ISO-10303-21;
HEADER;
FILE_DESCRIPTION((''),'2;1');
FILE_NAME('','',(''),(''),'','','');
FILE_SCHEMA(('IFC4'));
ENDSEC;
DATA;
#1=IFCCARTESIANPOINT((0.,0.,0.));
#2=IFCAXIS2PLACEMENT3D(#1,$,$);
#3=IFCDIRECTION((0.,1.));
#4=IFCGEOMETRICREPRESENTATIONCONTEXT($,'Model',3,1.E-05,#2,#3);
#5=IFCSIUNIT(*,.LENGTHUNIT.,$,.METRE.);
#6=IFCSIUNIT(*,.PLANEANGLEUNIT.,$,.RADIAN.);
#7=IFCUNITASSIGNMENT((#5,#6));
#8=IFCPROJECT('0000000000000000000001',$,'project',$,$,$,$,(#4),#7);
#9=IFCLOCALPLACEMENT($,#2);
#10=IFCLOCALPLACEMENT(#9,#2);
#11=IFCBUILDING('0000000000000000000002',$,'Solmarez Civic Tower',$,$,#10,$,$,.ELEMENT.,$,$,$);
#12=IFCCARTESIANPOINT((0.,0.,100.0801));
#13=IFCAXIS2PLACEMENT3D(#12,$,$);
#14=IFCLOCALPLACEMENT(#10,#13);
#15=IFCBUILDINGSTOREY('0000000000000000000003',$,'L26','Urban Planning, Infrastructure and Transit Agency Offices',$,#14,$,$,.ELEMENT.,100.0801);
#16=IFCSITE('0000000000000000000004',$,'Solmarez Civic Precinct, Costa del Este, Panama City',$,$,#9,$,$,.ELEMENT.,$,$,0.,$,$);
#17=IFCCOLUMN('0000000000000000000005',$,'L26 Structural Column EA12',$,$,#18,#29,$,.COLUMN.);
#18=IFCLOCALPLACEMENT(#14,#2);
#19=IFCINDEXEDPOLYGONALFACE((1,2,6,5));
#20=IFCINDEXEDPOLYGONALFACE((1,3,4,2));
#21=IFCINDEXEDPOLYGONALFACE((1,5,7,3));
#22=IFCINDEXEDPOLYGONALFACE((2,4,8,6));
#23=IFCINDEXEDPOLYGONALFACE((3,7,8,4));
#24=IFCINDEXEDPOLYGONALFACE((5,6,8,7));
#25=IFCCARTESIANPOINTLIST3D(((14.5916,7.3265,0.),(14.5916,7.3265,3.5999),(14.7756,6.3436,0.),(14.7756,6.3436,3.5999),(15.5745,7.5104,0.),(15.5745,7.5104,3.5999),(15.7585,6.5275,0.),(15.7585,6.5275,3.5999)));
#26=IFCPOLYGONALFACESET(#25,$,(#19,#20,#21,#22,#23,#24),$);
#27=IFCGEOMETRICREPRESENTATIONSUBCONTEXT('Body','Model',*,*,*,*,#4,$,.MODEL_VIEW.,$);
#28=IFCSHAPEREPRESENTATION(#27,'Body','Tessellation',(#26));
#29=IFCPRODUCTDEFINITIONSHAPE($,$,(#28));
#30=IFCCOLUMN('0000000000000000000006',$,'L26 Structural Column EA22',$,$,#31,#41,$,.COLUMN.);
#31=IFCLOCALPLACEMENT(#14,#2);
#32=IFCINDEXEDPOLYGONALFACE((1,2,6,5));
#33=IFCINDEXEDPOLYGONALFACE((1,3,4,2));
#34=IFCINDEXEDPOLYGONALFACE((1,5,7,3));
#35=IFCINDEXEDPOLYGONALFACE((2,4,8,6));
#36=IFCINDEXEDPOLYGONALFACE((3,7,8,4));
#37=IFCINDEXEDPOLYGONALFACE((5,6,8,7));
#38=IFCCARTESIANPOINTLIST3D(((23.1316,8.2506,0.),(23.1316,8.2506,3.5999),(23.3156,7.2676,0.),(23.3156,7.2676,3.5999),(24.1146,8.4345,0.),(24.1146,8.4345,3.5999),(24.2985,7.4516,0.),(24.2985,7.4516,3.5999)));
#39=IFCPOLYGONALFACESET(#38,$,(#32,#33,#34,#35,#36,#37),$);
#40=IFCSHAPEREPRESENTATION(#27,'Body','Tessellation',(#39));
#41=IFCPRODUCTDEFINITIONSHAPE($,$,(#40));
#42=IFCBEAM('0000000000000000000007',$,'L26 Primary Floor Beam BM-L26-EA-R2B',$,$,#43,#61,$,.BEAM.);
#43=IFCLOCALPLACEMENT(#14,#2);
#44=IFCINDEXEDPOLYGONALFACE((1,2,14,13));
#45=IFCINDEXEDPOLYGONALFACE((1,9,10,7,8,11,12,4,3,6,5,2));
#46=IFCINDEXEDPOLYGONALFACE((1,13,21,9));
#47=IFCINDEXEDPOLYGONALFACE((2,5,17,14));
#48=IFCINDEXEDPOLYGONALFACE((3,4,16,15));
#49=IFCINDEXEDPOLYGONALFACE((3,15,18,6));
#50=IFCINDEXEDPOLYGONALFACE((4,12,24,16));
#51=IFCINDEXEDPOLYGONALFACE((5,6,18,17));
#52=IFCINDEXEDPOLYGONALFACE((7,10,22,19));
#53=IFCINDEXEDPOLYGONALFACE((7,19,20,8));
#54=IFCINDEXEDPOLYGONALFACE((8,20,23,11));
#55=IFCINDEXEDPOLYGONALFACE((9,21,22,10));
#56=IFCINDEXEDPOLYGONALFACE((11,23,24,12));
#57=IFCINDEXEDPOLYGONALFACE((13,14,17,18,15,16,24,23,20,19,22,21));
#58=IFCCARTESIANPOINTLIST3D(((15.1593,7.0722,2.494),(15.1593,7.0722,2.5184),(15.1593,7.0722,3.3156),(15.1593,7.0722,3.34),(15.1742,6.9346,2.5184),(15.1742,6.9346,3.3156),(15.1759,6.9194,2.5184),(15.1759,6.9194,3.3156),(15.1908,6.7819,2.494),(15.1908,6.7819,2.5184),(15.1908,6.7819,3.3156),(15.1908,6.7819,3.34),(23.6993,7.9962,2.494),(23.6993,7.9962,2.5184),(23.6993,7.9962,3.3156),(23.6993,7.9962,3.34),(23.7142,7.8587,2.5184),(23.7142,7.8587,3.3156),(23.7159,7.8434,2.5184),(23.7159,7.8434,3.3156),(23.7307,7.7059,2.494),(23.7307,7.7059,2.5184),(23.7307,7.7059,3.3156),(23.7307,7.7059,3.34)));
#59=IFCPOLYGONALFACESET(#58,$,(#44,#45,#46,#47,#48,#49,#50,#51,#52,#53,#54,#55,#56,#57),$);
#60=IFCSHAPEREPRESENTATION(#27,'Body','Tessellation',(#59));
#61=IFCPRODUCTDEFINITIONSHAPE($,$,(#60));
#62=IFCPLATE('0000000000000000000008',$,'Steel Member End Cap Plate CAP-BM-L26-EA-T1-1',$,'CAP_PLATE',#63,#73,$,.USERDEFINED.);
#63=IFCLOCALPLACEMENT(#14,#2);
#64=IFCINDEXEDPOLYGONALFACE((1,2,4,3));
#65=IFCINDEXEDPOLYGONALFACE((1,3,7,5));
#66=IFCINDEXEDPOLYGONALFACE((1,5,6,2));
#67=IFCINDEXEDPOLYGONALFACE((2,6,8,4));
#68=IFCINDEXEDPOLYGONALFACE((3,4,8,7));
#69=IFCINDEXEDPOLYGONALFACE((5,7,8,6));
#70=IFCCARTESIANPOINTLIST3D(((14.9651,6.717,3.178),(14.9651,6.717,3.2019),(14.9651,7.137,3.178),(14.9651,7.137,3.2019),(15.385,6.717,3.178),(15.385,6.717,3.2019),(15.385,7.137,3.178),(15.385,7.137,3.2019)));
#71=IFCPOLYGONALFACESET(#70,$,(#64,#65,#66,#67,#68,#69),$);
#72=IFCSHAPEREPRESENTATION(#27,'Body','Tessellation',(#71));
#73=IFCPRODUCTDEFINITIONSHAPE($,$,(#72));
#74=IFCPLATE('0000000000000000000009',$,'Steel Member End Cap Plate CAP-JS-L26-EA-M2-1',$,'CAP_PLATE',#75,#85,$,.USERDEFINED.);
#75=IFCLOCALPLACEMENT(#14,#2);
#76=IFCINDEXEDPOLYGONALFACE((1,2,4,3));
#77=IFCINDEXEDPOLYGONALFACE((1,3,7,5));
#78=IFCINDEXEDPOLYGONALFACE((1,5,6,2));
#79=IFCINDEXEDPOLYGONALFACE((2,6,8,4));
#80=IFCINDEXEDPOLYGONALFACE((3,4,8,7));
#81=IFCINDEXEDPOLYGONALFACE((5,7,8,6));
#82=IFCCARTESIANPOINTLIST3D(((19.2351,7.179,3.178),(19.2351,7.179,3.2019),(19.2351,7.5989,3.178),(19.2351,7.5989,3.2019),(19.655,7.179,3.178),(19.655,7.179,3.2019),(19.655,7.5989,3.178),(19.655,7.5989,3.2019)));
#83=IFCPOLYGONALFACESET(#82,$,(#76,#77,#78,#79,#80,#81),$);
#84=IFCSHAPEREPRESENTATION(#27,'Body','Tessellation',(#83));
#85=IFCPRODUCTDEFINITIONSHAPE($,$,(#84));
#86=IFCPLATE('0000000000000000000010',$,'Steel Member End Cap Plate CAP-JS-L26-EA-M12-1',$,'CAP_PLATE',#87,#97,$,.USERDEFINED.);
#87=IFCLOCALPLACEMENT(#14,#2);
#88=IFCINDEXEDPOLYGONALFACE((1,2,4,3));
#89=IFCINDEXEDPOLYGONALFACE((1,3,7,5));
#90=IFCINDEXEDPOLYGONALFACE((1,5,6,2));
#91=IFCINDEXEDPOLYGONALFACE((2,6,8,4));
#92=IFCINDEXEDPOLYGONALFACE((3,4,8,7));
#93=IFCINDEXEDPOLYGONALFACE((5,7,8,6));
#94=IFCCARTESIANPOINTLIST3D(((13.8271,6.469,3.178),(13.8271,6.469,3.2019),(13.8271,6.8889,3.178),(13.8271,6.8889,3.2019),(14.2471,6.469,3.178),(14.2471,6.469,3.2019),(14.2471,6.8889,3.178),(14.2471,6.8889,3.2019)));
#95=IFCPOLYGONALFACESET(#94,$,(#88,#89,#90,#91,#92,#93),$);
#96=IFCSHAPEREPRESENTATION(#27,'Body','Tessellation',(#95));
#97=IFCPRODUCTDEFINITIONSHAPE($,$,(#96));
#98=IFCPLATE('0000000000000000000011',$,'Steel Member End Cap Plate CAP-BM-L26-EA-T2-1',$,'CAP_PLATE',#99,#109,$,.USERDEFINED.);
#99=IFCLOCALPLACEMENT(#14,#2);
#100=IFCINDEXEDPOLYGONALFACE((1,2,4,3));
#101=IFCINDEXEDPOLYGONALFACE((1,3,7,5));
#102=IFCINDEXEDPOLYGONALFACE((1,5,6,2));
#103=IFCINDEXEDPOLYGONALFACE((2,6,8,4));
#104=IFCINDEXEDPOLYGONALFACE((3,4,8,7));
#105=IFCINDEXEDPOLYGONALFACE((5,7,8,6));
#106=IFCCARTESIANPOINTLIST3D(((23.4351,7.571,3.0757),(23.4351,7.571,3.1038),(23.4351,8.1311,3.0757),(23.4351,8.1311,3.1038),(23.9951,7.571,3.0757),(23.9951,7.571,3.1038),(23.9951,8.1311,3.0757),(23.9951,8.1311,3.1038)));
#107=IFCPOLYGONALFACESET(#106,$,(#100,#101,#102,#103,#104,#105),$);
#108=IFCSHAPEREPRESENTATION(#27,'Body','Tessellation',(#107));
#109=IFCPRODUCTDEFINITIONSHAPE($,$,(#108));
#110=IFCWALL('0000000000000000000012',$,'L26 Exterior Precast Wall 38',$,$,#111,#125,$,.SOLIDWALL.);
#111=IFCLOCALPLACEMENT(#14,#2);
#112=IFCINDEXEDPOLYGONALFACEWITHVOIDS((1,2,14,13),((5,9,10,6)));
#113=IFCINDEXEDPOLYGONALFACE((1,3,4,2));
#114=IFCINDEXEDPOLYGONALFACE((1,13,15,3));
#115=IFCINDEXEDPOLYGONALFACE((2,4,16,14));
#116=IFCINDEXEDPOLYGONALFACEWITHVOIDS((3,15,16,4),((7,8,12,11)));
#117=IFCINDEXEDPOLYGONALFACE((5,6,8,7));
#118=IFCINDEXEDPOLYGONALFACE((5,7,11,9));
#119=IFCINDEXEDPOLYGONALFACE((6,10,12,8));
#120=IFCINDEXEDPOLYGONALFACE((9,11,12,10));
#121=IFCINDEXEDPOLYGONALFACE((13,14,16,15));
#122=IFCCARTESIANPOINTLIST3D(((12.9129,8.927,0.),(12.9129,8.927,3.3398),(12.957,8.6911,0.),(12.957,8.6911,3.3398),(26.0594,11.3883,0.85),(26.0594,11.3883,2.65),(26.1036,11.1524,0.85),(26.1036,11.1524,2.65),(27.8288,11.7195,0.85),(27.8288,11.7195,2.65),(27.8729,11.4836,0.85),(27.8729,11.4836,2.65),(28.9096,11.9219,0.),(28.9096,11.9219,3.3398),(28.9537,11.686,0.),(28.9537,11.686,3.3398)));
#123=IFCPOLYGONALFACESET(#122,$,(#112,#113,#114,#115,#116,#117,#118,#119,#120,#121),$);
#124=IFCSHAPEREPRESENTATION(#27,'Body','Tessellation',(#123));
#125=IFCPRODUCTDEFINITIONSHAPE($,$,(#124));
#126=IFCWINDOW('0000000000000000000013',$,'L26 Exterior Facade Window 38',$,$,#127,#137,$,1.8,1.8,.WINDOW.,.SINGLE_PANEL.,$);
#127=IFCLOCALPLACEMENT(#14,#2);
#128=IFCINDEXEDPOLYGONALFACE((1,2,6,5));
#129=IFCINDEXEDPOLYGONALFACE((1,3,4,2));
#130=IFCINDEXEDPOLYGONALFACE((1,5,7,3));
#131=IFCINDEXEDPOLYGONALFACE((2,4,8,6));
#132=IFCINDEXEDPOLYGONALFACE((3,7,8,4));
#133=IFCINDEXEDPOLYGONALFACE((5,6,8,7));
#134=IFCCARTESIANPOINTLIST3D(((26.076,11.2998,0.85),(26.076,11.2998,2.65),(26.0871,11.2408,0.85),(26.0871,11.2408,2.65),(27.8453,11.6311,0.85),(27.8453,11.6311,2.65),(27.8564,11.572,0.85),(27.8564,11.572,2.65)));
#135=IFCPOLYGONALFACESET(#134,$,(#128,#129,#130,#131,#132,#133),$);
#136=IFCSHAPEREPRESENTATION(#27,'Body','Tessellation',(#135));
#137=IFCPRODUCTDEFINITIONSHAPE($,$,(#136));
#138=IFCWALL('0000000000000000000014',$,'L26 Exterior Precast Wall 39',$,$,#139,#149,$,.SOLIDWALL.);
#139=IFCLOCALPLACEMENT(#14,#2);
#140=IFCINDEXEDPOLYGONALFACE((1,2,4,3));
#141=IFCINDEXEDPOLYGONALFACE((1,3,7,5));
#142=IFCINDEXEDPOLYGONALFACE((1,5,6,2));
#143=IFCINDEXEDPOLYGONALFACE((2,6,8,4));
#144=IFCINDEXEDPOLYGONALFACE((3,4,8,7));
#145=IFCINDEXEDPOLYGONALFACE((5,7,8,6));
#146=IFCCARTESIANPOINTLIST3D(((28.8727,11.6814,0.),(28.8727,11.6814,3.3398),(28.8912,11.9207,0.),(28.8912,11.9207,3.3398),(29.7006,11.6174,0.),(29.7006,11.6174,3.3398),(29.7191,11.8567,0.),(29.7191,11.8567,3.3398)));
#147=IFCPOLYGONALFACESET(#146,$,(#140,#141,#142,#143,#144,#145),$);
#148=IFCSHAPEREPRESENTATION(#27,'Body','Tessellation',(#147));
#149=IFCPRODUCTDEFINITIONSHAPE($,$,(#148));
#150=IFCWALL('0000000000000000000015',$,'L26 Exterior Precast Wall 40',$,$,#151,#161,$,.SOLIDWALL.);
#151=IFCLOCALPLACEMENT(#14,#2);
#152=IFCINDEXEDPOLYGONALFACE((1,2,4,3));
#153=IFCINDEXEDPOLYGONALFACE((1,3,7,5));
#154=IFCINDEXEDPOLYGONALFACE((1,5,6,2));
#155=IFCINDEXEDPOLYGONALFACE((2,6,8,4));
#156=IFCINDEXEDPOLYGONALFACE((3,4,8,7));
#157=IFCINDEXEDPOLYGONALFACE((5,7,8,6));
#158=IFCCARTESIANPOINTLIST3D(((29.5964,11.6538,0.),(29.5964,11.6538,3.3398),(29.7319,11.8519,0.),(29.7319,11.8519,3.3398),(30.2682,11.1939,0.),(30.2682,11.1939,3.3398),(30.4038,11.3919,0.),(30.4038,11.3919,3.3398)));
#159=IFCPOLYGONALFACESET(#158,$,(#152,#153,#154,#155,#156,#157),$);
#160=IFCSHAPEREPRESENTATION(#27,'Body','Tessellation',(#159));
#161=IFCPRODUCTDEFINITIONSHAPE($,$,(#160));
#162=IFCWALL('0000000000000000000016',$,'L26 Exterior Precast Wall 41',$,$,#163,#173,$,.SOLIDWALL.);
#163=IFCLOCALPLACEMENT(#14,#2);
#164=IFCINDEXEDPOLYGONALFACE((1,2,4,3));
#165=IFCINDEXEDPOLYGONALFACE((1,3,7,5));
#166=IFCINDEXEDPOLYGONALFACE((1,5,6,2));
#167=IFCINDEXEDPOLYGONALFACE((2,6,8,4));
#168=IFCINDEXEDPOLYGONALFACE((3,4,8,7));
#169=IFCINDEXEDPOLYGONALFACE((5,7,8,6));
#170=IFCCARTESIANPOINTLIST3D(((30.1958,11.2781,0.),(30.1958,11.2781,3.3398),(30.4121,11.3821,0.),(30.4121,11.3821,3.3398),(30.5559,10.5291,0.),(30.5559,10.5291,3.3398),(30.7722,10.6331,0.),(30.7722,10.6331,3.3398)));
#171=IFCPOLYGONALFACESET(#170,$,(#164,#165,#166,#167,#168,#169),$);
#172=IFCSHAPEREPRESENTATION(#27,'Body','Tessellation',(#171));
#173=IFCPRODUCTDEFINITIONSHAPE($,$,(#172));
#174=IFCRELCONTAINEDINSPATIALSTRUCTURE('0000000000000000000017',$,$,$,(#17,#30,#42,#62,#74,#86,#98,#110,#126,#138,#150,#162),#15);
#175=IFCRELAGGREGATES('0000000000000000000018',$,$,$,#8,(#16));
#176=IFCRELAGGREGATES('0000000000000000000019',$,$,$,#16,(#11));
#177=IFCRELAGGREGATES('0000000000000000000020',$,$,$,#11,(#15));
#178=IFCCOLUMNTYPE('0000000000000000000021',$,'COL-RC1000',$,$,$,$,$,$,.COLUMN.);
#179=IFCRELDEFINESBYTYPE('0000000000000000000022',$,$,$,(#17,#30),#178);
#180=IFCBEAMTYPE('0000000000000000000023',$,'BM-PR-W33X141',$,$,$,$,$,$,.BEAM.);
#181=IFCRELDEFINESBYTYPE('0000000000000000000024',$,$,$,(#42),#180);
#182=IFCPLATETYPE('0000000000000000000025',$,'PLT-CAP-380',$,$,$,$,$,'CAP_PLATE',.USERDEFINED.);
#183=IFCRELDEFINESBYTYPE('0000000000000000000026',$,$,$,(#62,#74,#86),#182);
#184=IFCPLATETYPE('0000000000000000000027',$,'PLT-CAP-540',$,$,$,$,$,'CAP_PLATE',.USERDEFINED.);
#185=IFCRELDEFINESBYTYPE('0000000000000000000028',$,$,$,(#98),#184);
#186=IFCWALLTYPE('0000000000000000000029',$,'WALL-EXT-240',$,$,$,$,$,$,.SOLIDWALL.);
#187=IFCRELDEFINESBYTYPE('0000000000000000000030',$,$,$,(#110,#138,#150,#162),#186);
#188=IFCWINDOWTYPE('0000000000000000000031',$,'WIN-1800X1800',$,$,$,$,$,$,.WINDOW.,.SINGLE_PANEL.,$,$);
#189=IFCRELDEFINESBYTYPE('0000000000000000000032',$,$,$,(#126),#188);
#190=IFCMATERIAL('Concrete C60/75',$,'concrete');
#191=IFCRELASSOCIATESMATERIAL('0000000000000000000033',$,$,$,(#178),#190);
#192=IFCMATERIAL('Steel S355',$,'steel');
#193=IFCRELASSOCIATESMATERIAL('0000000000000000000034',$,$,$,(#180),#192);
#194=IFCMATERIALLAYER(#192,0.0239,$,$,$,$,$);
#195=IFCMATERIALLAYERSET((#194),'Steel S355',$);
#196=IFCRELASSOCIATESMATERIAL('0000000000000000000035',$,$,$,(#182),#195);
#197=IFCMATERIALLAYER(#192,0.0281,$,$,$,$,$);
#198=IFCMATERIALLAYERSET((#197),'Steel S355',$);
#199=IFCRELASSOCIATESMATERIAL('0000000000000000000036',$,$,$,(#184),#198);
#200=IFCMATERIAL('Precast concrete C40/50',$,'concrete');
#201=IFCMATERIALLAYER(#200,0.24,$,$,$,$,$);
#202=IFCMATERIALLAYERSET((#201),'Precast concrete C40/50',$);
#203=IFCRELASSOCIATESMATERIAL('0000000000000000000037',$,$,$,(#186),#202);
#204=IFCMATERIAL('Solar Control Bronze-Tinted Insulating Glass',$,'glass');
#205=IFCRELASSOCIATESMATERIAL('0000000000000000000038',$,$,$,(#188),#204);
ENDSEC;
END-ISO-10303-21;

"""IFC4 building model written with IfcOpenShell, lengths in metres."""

from ifc_helpers import new_model, si_unit, direction, frame, frame_2d, origin, origin_2d, place, context, subcontext, project, spatial, rectangle, i_section, extrude, material, layer, layer_set, material_profile, profile_set, type_object, element, fill, save


model = new_model("IFC4")

# Units and contexts
model_context = context("Model", 3, precision=1e-05, world=origin(), true_north=direction((0.0, 1.0)))
body_context = subcontext(model_context, "Body", "Model", "MODEL_VIEW")
ifc_project = project(units=[si_unit("LENGTHUNIT", "METRE"), si_unit("PLANEANGLEUNIT", "RADIAN")], contexts=[model_context])

# Site, building, storey
site_placement = place(None, origin())
site = spatial("IfcSite", under=ifc_project, at=site_placement, Name="Solmarez Civic Precinct, Costa del Este, Panama City", CompositionType="ELEMENT", RefElevation=0.0)
building_placement = place(site_placement, origin())
building = spatial("IfcBuilding", under=site, at=building_placement, Name="Solmarez Civic Tower", CompositionType="ELEMENT")
storey_placement = place(building_placement, frame((0.0, 0.0, 100.0801)))
storey = spatial("IfcBuildingStorey", under=building, at=storey_placement, Name="L26", Description="Urban Planning, Infrastructure and Transit Agency Offices", CompositionType="ELEMENT", Elevation=100.0801)

# Columns
ifc_material_1 = material(Name="Concrete C60/75", Category="concrete")
ifc_material_profile_1 = material_profile(ifc_material_1, rectangle(XDim=1.0, YDim=1.0, at=origin_2d()), Name="RC1000X1000")
ifc_profile_set_1 = profile_set([ifc_material_profile_1], Name="Concrete C60/75")
column_type = type_object("IfcColumnType", Name="COL-RC1000", PredefinedType="COLUMN", material=ifc_profile_set_1)
for number, where, z_axis, x_axis, name in (
    (1, (15.175, 6.927, 0.0), (0.0, 0.0, 1.0), (0.982935, 0.183951, 0.0), "L26 Structural Column EA12"),
    (2, (23.7151, 7.8511, 0.0), (0.0, 0.0, 1.0), (0.982935, 0.183951, 0.0), "L26 Structural Column EA22"),
):
    element("IfcColumn", number, at=place(storey_placement, frame(where, z_axis=z_axis, x_axis=x_axis)), inside=storey, type_object=column_type, Name=name, PredefinedType="COLUMN", context=body_context, shape_type="SweptSolid", body=[
        extrude(rectangle(XDim=1.0, YDim=1.0, at=origin_2d()), origin(), (0.0, 0.0, 1.0), 3.5999),
    ])

# Beam
ifc_material_2 = material(Name="Steel S355", Category="steel")
ifc_material_profile_2 = material_profile(ifc_material_2, i_section(OverallWidth=0.292, OverallDepth=0.8459, WebThickness=0.0154, FlangeThickness=0.0244, at=origin_2d()), Name="W33X141")
ifc_profile_set_2 = profile_set([ifc_material_profile_2], Name="Steel S355")
beam_type = type_object("IfcBeamType", Name="BM-PR-W33X141", PredefinedType="BEAM", material=ifc_profile_set_2)
beam_placement = place(storey_placement, frame((15.175, 6.927, 2.917), z_axis=(0.994197, 0.107577, 0.0), x_axis=(-0.107577, 0.994197, 0.0)))
element("IfcBeam", 3, at=beam_placement, inside=storey, type_object=beam_type, Name="L26 Primary Floor Beam BM-L26-EA-R2B", PredefinedType="BEAM", context=body_context, shape_type="SweptSolid", body=[
    extrude(i_section(OverallWidth=0.292, OverallDepth=0.8459, WebThickness=0.0154, FlangeThickness=0.0244, at=origin_2d()), origin(), (0.0, 0.0, 1.0), 8.5898),
])

# Plates
ifc_layer_1 = layer(ifc_material_2, 0.0239)
ifc_layer_set_1 = layer_set([ifc_layer_1], Name="Steel S355")
plate_type_1 = type_object("IfcPlateType", Name="PLT-CAP-380", ElementType="CAP_PLATE", PredefinedType="USERDEFINED", material=ifc_layer_set_1)
for number, where, z_axis, x_axis, name in (
    (4, (15.175, 6.927, 3.178), (0.0, 0.0, 1.0), (1.0, 0.0, 0.0), "Steel Member End Cap Plate CAP-BM-L26-EA-T1-1"),
    (5, (19.4451, 7.3889, 3.178), (0.0, 0.0, 1.0), (1.0, 0.0, 0.0), "Steel Member End Cap Plate CAP-JS-L26-EA-M2-1"),
    (6, (14.0371, 6.679, 3.178), (0.0, 0.0, 1.0), (1.0, 0.0, 0.0), "Steel Member End Cap Plate CAP-JS-L26-EA-M12-1"),
):
    element("IfcPlate", number, at=place(storey_placement, frame(where, z_axis=z_axis, x_axis=x_axis)), inside=storey, type_object=plate_type_1, Name=name, ObjectType="CAP_PLATE", PredefinedType="USERDEFINED", context=body_context, shape_type="SweptSolid", body=[
        extrude(rectangle(XDim=0.4199, YDim=0.4199, at=origin_2d()), origin(), (0.0, 0.0, 1.0), 0.0239),
    ])
ifc_layer_2 = layer(ifc_material_2, 0.0281)
ifc_layer_set_2 = layer_set([ifc_layer_2], Name="Steel S355")
plate_type_2 = type_object("IfcPlateType", Name="PLT-CAP-540", ElementType="CAP_PLATE", PredefinedType="USERDEFINED", material=ifc_layer_set_2)
plate_placement = place(storey_placement, frame((23.7151, 7.8511, 3.0757), z_axis=(0.0, 0.0, 1.0), x_axis=(1.0, 0.0, 0.0)))
element("IfcPlate", 7, at=plate_placement, inside=storey, type_object=plate_type_2, Name="Steel Member End Cap Plate CAP-BM-L26-EA-T2-1", ObjectType="CAP_PLATE", PredefinedType="USERDEFINED", context=body_context, shape_type="SweptSolid", body=[
    extrude(rectangle(XDim=0.5601, YDim=0.5601, at=origin_2d()), origin(), (0.0, 0.0, 1.0), 0.0281),
])

# Wall, opening, window
ifc_material_3 = material(Name="Precast concrete C40/50", Category="concrete")
ifc_layer_3 = layer(ifc_material_3, 0.24)
ifc_layer_set_3 = layer_set([ifc_layer_3], Name="Precast concrete C40/50")
wall_type_1 = type_object("IfcWallType", Name="WALL-EXT-240", PredefinedType="SOLIDWALL", material=ifc_layer_set_3)
wall_1_placement = place(storey_placement, frame((12.9351, 8.8091, 0.0), z_axis=(0.0, 0.0, 1.0), x_axis=(0.982923, 0.18402, 0.0)))
wall_1 = element("IfcWall", 8, at=wall_1_placement, inside=storey, type_object=wall_type_1, Name="L26 Exterior Precast Wall 38", PredefinedType="SOLIDWALL", context=body_context, shape_type="SweptSolid", body=[
    extrude(rectangle(XDim=16.2747, YDim=0.24, at=frame_2d((8.1372, 0.0))), origin(), (0.0, 0.0, 1.0), 3.3398),
])
opening_1_placement = place(wall_1_placement, frame((13.375, 0.0, 0.8501)))
opening_1 = element("IfcOpeningElement", 9, at=opening_1_placement, cuts=wall_1, PredefinedType="OPENING", context=body_context, shape_type="SweptSolid", body=[
    extrude(rectangle(XDim=1.8, YDim=1.8, at=frame_2d((0.8999, 0.8999))), frame((0.0, 0.1299, 0.0), z_axis=(0.0, -1.0, 0.0), x_axis=(1.0, 0.0, 0.0)), (0.0, 0.0, 1.0), 0.26),
])
ifc_material_4 = material(Name="Solar Control Bronze-Tinted Insulating Glass", Category="glass")
window_type_1 = type_object("IfcWindowType", Name="WIN-1800X1800", PartitioningType="SINGLE_PANEL", PredefinedType="WINDOW", material=ifc_material_4)
window_1_placement = place(opening_1_placement, origin())
window_1 = element("IfcWindow", 10, at=window_1_placement, inside=storey, type_object=window_type_1, Name="L26 Exterior Facade Window 38", OverallHeight=1.8, OverallWidth=1.8, PartitioningType="SINGLE_PANEL", PredefinedType="WINDOW", context=body_context, shape_type="SweptSolid", body=[
    extrude(rectangle(XDim=1.8, YDim=1.8, at=frame_2d((0.8999, 0.8999))), frame((0.0, 0.03, 0.0), z_axis=(0.0, -1.0, 0.0), x_axis=(1.0, 0.0, 0.0)), (0.0, 0.0, 1.0), 0.0601),
])
fill(opening_1, window_1)

# Walls
wall_2_placement = place(storey_placement, frame((28.8821, 11.801, 0.0), z_axis=(0.0, 0.0, 1.0), x_axis=(0.997028, -0.077034, 0.0)))
element("IfcWall", 11, at=wall_2_placement, inside=storey, type_object=wall_type_1, Name="L26 Exterior Precast Wall 39", PredefinedType="SOLIDWALL", context=body_context, shape_type="SweptSolid", body=[
    extrude(rectangle(XDim=0.8303, YDim=0.24, at=frame_2d((0.415, 0.0))), origin(), (0.0, 0.0, 1.0), 3.3398),
])
wall_3_placement = place(storey_placement, frame((29.6641, 11.7529, 0.0), z_axis=(0.0, 0.0, 1.0), x_axis=(0.82516, -0.564899, 0.0)))
element("IfcWall", 12, at=wall_3_placement, inside=storey, type_object=wall_type_1, Name="L26 Exterior Precast Wall 40", PredefinedType="SOLIDWALL", context=body_context, shape_type="SweptSolid", body=[
    extrude(rectangle(XDim=0.8142, YDim=0.24, at=frame_2d((0.4072, 0.0))), origin(), (0.0, 0.0, 1.0), 3.3398),
])
wall_4_placement = place(storey_placement, frame((30.304, 11.3301, 0.0), z_axis=(0.0, 0.0, 1.0), x_axis=(0.433294, -0.901252, 0.0)))
element("IfcWall", 13, at=wall_4_placement, inside=storey, type_object=wall_type_1, Name="L26 Exterior Precast Wall 41", PredefinedType="SOLIDWALL", context=body_context, shape_type="SweptSolid", body=[
    extrude(rectangle(XDim=0.8311, YDim=0.24, at=frame_2d((0.4155, 0.0))), origin(), (0.0, 0.0, 1.0), 3.3398),
])

save(model, "model.ifc")
